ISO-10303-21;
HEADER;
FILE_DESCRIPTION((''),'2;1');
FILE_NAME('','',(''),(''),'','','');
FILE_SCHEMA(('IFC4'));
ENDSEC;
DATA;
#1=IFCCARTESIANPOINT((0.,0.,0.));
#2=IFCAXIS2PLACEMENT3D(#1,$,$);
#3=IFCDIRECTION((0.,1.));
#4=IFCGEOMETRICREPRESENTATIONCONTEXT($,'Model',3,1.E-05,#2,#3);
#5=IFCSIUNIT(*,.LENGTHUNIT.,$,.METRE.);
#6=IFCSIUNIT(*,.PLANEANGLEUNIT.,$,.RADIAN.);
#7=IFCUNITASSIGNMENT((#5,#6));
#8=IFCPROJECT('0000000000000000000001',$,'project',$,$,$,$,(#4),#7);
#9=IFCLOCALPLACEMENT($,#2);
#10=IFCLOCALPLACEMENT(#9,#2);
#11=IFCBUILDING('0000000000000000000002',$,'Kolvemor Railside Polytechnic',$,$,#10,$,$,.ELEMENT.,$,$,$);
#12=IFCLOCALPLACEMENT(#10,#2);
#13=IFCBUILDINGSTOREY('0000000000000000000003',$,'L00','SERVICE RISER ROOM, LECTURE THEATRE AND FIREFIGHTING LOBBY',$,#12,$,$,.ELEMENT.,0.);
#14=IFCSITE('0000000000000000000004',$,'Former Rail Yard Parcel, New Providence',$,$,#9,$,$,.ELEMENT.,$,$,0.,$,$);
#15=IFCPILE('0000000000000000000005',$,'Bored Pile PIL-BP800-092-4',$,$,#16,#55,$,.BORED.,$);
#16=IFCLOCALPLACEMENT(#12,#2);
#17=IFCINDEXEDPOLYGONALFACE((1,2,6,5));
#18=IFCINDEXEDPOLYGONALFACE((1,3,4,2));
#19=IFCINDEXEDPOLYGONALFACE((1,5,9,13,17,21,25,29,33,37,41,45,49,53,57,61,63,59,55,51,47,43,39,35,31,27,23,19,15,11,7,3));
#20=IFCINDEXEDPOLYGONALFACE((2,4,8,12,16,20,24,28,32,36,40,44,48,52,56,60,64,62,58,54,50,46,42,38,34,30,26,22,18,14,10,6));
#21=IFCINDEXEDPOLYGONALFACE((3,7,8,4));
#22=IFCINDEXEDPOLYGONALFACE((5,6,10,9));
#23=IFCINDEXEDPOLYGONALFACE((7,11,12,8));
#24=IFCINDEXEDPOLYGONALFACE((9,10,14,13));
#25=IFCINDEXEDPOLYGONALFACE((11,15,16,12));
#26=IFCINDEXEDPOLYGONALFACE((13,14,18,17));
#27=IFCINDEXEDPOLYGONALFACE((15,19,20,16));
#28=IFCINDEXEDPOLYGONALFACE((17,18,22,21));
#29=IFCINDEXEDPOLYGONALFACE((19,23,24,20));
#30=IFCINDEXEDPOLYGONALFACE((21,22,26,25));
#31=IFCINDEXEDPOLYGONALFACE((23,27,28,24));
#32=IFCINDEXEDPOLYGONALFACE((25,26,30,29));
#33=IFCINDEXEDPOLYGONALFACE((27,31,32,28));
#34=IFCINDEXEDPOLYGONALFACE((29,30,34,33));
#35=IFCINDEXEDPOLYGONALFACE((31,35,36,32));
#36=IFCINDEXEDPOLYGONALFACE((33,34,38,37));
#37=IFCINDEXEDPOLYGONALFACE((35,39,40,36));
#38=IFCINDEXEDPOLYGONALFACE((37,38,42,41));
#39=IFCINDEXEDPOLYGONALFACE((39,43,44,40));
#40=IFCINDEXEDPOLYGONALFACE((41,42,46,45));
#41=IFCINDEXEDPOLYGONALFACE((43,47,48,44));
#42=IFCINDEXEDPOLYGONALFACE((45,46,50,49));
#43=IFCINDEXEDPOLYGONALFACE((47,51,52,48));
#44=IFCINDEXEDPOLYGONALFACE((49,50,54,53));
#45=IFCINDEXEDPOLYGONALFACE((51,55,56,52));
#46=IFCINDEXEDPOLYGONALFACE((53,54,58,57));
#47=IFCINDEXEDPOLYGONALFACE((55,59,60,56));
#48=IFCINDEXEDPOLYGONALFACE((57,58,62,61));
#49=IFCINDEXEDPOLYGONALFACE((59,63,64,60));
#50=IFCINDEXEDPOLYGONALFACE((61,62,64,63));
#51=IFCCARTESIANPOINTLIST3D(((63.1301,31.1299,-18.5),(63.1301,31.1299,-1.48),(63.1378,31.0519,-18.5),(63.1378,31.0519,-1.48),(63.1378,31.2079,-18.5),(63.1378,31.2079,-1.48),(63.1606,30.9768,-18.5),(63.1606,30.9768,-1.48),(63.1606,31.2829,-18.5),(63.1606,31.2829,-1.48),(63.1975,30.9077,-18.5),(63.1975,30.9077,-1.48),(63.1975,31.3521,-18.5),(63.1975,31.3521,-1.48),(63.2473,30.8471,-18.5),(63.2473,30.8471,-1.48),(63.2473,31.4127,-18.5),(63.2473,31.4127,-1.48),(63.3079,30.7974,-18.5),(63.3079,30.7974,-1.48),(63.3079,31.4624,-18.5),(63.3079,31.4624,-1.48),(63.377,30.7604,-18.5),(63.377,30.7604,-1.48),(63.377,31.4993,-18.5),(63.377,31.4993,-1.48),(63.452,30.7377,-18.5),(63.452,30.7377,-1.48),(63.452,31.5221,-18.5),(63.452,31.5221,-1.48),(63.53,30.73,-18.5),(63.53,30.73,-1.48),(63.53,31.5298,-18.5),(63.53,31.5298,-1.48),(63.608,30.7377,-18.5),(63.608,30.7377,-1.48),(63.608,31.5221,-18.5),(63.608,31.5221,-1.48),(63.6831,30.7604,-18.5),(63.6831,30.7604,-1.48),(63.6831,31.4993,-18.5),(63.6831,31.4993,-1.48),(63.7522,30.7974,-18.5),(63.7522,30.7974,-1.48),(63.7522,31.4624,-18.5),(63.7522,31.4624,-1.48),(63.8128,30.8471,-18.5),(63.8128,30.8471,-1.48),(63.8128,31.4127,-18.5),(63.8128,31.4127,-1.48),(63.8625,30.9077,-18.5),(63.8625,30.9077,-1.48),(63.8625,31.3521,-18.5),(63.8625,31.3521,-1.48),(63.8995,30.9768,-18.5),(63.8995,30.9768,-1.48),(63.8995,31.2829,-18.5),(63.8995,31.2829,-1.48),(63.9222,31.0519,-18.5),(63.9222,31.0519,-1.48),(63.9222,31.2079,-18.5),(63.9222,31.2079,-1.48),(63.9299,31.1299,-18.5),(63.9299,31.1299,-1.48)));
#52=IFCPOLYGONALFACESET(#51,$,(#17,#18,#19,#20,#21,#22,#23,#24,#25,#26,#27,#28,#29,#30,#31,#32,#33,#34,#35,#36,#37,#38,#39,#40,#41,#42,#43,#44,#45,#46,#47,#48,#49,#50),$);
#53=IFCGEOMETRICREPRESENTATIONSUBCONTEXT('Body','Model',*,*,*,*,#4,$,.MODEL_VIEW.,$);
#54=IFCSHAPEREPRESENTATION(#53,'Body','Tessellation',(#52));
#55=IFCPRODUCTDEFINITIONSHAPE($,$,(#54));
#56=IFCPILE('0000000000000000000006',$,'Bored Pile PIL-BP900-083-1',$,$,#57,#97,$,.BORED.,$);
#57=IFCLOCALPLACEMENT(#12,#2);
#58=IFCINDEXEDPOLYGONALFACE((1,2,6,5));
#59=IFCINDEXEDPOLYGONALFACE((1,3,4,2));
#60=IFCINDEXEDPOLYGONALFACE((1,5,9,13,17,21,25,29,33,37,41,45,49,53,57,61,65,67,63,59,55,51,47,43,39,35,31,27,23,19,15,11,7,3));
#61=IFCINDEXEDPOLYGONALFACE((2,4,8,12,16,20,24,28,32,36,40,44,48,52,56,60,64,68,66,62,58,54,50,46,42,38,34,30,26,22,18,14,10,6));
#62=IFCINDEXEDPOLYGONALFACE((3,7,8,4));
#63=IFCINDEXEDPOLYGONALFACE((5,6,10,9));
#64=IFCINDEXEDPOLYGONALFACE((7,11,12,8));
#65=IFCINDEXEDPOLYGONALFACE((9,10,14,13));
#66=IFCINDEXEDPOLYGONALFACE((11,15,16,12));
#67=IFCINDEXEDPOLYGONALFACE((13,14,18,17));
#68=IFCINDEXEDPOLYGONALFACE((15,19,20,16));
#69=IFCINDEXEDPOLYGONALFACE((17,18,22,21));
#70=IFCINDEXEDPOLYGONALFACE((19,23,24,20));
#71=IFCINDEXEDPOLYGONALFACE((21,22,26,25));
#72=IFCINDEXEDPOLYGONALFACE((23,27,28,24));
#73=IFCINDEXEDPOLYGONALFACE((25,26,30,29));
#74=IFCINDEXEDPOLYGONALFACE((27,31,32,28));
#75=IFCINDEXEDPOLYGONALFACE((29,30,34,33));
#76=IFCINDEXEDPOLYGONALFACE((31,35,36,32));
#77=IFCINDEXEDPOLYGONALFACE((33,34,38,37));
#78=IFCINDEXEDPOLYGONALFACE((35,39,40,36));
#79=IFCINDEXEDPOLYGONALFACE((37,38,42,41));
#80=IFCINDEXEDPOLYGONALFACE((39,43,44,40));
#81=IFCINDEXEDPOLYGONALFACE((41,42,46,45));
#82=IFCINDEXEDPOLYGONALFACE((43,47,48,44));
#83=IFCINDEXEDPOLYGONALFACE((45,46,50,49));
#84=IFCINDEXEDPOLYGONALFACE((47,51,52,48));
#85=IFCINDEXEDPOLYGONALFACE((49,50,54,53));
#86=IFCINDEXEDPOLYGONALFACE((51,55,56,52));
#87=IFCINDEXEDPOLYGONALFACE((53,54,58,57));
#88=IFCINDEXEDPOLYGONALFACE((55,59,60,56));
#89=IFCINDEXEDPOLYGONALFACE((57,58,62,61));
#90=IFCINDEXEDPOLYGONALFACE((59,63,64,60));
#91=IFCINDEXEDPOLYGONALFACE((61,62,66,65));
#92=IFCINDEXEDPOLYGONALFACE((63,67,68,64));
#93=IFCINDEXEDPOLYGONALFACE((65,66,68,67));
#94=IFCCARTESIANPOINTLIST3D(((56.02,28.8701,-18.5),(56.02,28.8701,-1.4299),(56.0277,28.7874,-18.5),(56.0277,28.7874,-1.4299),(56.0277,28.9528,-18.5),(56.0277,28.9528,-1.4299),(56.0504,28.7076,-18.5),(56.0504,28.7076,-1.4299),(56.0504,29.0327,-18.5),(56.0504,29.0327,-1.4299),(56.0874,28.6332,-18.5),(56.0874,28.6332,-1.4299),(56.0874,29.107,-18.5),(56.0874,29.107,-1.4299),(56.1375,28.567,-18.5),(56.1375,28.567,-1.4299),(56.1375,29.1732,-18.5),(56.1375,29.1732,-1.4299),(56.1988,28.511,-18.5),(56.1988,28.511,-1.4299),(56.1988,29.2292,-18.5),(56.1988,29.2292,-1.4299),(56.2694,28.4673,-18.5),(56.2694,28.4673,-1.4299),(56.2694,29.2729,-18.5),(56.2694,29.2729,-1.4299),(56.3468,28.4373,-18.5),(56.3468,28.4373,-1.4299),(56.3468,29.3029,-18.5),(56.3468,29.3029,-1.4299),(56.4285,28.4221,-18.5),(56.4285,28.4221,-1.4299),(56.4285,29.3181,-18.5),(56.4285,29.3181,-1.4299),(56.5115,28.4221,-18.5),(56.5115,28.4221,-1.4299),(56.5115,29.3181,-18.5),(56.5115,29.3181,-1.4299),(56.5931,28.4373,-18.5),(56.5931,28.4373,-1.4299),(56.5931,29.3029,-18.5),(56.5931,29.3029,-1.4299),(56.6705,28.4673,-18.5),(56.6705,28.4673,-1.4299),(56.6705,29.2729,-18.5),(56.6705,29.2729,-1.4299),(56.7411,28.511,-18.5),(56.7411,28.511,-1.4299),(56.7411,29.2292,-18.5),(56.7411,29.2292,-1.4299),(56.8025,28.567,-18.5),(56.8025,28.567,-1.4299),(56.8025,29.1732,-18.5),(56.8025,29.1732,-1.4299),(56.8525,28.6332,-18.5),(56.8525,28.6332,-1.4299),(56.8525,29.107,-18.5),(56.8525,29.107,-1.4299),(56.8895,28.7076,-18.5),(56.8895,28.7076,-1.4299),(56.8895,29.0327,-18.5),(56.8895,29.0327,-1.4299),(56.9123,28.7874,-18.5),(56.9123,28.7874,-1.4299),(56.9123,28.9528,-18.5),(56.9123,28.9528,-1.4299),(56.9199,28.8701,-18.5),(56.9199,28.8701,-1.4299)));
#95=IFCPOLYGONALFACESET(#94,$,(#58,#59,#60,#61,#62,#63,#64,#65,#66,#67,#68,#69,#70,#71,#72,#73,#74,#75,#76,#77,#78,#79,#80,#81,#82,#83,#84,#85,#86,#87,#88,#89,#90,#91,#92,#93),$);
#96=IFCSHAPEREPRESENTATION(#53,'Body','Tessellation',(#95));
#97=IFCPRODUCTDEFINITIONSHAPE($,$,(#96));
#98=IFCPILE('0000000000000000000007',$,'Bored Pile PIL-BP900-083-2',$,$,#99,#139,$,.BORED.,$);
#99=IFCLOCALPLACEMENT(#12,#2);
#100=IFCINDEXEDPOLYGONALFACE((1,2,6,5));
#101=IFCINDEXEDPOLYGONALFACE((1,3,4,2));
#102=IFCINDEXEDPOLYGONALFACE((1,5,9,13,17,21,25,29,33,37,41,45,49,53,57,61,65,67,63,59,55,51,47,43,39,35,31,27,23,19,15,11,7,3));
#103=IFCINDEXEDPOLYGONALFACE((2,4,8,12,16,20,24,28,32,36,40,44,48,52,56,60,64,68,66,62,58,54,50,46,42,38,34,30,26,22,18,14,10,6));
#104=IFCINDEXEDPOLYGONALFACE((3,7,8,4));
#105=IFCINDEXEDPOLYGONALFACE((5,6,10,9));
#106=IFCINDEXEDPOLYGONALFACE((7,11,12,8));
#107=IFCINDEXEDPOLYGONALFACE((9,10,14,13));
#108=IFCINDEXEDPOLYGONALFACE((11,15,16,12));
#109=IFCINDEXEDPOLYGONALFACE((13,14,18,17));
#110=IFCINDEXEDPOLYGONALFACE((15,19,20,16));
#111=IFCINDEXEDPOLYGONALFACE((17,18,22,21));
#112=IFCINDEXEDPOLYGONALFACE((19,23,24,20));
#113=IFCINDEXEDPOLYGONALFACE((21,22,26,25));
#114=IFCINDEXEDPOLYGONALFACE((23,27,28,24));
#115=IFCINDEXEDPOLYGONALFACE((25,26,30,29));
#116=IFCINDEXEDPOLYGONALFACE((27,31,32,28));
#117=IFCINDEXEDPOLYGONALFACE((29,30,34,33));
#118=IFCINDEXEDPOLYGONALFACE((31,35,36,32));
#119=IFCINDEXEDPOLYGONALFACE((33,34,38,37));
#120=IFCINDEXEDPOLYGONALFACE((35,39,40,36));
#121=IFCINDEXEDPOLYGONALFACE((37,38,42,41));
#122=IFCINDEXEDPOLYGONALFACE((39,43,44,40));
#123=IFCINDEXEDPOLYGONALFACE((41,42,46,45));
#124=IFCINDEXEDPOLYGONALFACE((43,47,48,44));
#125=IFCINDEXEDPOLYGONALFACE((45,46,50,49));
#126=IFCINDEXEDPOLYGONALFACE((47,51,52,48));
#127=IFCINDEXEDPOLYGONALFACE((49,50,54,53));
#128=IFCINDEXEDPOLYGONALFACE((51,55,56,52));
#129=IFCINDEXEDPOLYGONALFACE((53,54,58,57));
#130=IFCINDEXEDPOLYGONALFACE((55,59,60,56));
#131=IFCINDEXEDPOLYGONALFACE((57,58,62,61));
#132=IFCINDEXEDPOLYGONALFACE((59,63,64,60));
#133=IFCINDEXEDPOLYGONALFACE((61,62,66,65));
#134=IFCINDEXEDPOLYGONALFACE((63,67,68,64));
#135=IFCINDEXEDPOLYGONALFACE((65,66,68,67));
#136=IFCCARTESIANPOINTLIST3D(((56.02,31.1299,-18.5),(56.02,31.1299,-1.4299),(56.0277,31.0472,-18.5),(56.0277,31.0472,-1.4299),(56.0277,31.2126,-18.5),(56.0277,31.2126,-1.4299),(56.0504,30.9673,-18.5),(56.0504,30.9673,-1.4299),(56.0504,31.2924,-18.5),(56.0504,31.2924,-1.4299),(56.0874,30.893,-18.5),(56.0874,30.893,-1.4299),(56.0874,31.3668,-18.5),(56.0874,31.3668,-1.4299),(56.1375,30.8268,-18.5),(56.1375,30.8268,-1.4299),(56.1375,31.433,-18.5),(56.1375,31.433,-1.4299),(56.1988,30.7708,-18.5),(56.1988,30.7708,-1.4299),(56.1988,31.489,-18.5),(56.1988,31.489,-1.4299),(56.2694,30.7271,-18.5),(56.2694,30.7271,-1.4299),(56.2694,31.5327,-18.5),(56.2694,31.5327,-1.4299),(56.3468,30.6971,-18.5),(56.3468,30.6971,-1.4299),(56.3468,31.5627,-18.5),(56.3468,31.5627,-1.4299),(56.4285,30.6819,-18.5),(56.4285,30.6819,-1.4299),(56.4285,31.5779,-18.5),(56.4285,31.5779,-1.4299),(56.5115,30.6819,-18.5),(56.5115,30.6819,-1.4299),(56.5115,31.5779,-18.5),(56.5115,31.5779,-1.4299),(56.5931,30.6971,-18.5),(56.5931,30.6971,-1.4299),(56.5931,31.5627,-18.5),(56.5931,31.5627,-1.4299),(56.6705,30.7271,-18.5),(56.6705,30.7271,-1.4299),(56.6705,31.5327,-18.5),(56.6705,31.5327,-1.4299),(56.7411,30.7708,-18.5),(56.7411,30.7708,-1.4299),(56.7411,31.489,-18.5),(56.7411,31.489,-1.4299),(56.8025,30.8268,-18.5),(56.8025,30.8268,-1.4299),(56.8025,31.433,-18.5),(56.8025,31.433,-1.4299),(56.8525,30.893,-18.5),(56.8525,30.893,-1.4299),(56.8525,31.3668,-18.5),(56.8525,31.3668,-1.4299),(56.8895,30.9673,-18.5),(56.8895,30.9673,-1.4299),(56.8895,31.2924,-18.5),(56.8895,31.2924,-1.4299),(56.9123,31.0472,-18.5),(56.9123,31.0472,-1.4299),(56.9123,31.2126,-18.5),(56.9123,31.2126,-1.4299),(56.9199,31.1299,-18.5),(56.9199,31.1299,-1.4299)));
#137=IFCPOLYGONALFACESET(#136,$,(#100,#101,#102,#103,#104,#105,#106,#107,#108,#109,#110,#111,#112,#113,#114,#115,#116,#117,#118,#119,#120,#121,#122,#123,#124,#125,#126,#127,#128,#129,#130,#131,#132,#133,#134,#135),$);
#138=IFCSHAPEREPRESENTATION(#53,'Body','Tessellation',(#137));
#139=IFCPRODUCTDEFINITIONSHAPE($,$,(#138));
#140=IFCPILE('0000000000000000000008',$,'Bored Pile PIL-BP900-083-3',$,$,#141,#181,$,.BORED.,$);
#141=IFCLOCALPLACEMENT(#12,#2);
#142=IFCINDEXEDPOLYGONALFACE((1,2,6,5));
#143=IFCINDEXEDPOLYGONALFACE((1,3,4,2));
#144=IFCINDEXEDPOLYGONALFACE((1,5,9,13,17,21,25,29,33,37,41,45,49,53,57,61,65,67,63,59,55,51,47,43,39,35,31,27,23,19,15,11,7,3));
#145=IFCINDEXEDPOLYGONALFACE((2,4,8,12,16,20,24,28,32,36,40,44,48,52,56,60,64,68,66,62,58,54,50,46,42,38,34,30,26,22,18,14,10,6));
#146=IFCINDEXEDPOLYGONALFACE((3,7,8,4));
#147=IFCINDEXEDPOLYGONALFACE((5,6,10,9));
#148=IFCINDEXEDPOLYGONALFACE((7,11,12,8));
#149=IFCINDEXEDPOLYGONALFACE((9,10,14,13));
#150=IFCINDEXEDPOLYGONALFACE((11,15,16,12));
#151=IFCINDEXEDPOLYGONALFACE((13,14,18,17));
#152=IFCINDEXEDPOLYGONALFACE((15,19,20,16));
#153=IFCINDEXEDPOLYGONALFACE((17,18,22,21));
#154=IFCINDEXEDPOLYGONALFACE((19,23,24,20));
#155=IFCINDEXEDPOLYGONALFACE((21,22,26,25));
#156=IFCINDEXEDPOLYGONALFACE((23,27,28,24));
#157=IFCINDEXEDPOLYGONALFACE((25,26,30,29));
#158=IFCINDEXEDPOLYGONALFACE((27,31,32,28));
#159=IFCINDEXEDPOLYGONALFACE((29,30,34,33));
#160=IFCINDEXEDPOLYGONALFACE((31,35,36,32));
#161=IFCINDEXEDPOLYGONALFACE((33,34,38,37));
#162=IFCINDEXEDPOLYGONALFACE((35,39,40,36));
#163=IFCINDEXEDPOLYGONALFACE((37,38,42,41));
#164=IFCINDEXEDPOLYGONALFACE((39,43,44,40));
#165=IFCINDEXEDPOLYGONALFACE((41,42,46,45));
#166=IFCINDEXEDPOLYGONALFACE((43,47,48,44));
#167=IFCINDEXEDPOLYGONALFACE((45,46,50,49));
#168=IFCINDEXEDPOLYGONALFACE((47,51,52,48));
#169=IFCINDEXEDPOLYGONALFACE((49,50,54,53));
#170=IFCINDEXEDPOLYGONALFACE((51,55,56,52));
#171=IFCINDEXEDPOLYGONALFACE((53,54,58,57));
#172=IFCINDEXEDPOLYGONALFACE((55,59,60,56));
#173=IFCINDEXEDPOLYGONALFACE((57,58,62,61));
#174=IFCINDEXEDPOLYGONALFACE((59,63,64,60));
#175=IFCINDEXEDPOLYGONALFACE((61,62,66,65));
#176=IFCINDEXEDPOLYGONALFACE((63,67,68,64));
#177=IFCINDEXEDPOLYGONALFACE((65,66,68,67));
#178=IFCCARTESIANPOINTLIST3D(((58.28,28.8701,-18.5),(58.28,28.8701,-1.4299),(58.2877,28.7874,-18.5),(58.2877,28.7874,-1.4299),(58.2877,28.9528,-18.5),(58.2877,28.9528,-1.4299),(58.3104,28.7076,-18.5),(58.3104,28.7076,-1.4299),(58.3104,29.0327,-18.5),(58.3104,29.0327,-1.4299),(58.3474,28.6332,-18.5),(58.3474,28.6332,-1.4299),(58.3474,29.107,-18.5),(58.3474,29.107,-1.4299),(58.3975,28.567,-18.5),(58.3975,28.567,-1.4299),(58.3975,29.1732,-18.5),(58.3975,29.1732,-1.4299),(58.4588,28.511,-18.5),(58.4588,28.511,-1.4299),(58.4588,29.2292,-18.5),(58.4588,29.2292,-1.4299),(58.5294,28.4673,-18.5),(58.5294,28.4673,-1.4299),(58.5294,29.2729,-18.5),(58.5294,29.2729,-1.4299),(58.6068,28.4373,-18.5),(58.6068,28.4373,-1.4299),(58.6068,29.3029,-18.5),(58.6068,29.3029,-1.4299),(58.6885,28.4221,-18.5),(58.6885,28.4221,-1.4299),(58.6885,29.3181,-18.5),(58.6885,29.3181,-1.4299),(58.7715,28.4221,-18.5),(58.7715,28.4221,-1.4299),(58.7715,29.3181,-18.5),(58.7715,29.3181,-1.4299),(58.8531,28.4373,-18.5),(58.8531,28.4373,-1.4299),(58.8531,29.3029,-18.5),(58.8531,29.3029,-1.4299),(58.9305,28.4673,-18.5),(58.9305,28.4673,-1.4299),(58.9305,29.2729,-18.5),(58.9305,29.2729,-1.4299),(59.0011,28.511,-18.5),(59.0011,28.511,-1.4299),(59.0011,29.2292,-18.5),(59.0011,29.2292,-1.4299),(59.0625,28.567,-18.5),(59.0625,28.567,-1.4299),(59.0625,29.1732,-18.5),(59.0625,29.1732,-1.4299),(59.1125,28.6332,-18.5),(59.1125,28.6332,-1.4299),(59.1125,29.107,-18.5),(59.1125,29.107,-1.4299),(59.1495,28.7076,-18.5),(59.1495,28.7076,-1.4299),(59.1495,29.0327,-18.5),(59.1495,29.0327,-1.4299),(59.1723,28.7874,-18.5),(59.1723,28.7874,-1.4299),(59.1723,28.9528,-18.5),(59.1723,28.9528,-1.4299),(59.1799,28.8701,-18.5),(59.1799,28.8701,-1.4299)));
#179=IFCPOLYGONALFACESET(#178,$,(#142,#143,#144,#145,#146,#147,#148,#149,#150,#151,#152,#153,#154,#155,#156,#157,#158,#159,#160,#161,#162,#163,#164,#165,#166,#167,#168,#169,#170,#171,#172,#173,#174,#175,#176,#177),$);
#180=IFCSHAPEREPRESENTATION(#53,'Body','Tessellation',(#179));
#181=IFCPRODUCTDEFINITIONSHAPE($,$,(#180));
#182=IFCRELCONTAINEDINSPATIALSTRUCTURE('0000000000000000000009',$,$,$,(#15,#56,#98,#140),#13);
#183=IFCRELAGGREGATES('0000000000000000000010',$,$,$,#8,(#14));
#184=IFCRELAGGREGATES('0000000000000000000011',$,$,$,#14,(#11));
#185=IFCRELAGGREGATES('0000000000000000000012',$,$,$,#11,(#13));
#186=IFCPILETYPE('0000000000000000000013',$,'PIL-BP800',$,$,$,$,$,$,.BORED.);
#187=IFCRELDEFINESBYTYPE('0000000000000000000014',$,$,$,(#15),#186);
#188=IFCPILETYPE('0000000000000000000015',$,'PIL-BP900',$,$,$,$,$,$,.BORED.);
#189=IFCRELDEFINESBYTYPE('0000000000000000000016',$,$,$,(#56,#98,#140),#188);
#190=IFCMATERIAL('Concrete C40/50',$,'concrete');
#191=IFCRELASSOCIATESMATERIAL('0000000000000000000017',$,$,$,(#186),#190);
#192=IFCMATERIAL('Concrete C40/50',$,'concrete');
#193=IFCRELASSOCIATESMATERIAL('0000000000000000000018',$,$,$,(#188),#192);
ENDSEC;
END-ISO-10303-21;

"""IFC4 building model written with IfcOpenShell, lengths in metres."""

from ifc_helpers import new_model, si_unit, direction, frame, origin, origin_2d, place, context, subcontext, project, spatial, circle, extrude, material, material_profile, profile_set, type_object, element, save


model = new_model("IFC4")

# Units and contexts
model_context = context("Model", 3, precision=1e-05, world=origin(), true_north=direction((0.0, 1.0)))
body_context = subcontext(model_context, "Body", "Model", "MODEL_VIEW")
ifc_project = project(units=[si_unit("LENGTHUNIT", "METRE"), si_unit("PLANEANGLEUNIT", "RADIAN")], contexts=[model_context])

# Site, building, storey
site_placement = place(None, origin())
site = spatial("IfcSite", under=ifc_project, at=site_placement, Name="Former Rail Yard Parcel, New Providence", CompositionType="ELEMENT", RefElevation=0.0)
building_placement = place(site_placement, origin())
building = spatial("IfcBuilding", under=site, at=building_placement, Name="Kolvemor Railside Polytechnic", CompositionType="ELEMENT")
storey_placement = place(building_placement, origin())
storey = spatial("IfcBuildingStorey", under=building, at=storey_placement, Name="L00", Description="SERVICE RISER ROOM, LECTURE THEATRE AND FIREFIGHTING LOBBY", CompositionType="ELEMENT", Elevation=0.0)

# Piles
ifc_material_1 = material(Name="Concrete C40/50", Category="concrete")
ifc_material_profile_1 = material_profile(ifc_material_1, circle(Radius=0.3999, at=origin_2d()), Name="BP800")
ifc_profile_set_1 = profile_set([ifc_material_profile_1], Name="Concrete C40/50")
pile_type_1 = type_object("IfcPileType", Name="PIL-BP800", PredefinedType="BORED", material=ifc_profile_set_1)
for number, where, z_axis, x_axis, name in (
    (1, (63.53, 31.1299, -1.48), (0.0, 0.0, -1.0), (1.0, 0.0, 0.0), "Bored Pile PIL-BP800-092-4"),
):
    element("IfcPile", number, at=place(storey_placement, frame(where, z_axis=z_axis, x_axis=x_axis)), inside=storey, type_object=pile_type_1, Name=name, PredefinedType="BORED", context=body_context, shape_type="SweptSolid", body=[
        extrude(circle(Radius=0.3999, at=origin_2d()), origin(), (0.0, 0.0, 1.0), 17.02),
    ])
ifc_material_2 = material(Name="Concrete C40/50", Category="concrete")
ifc_material_profile_2 = material_profile(ifc_material_2, circle(Radius=0.45, at=origin_2d()), Name="BP900")
ifc_profile_set_2 = profile_set([ifc_material_profile_2], Name="Concrete C40/50")
pile_type_2 = type_object("IfcPileType", Name="PIL-BP900", PredefinedType="BORED", material=ifc_profile_set_2)
for number, where, z_axis, x_axis, name in (
    (2, (56.47, 28.8701, -1.4299), (0.0, 0.0, -1.0), (1.0, 0.0, 0.0), "Bored Pile PIL-BP900-083-1"),
    (3, (56.47, 31.1299, -1.4299), (0.0, 0.0, -1.0), (1.0, 0.0, 0.0), "Bored Pile PIL-BP900-083-2"),
    (4, (58.73, 28.8701, -1.4299), (0.0, 0.0, -1.0), (1.0, 0.0, 0.0), "Bored Pile PIL-BP900-083-3"),
):
    element("IfcPile", number, at=place(storey_placement, frame(where, z_axis=z_axis, x_axis=x_axis)), inside=storey, type_object=pile_type_2, Name=name, PredefinedType="BORED", context=body_context, shape_type="SweptSolid", body=[
        extrude(circle(Radius=0.45, at=origin_2d()), origin(), (0.0, 0.0, 1.0), 17.0701),
    ])

save(model, "model.ifc")
